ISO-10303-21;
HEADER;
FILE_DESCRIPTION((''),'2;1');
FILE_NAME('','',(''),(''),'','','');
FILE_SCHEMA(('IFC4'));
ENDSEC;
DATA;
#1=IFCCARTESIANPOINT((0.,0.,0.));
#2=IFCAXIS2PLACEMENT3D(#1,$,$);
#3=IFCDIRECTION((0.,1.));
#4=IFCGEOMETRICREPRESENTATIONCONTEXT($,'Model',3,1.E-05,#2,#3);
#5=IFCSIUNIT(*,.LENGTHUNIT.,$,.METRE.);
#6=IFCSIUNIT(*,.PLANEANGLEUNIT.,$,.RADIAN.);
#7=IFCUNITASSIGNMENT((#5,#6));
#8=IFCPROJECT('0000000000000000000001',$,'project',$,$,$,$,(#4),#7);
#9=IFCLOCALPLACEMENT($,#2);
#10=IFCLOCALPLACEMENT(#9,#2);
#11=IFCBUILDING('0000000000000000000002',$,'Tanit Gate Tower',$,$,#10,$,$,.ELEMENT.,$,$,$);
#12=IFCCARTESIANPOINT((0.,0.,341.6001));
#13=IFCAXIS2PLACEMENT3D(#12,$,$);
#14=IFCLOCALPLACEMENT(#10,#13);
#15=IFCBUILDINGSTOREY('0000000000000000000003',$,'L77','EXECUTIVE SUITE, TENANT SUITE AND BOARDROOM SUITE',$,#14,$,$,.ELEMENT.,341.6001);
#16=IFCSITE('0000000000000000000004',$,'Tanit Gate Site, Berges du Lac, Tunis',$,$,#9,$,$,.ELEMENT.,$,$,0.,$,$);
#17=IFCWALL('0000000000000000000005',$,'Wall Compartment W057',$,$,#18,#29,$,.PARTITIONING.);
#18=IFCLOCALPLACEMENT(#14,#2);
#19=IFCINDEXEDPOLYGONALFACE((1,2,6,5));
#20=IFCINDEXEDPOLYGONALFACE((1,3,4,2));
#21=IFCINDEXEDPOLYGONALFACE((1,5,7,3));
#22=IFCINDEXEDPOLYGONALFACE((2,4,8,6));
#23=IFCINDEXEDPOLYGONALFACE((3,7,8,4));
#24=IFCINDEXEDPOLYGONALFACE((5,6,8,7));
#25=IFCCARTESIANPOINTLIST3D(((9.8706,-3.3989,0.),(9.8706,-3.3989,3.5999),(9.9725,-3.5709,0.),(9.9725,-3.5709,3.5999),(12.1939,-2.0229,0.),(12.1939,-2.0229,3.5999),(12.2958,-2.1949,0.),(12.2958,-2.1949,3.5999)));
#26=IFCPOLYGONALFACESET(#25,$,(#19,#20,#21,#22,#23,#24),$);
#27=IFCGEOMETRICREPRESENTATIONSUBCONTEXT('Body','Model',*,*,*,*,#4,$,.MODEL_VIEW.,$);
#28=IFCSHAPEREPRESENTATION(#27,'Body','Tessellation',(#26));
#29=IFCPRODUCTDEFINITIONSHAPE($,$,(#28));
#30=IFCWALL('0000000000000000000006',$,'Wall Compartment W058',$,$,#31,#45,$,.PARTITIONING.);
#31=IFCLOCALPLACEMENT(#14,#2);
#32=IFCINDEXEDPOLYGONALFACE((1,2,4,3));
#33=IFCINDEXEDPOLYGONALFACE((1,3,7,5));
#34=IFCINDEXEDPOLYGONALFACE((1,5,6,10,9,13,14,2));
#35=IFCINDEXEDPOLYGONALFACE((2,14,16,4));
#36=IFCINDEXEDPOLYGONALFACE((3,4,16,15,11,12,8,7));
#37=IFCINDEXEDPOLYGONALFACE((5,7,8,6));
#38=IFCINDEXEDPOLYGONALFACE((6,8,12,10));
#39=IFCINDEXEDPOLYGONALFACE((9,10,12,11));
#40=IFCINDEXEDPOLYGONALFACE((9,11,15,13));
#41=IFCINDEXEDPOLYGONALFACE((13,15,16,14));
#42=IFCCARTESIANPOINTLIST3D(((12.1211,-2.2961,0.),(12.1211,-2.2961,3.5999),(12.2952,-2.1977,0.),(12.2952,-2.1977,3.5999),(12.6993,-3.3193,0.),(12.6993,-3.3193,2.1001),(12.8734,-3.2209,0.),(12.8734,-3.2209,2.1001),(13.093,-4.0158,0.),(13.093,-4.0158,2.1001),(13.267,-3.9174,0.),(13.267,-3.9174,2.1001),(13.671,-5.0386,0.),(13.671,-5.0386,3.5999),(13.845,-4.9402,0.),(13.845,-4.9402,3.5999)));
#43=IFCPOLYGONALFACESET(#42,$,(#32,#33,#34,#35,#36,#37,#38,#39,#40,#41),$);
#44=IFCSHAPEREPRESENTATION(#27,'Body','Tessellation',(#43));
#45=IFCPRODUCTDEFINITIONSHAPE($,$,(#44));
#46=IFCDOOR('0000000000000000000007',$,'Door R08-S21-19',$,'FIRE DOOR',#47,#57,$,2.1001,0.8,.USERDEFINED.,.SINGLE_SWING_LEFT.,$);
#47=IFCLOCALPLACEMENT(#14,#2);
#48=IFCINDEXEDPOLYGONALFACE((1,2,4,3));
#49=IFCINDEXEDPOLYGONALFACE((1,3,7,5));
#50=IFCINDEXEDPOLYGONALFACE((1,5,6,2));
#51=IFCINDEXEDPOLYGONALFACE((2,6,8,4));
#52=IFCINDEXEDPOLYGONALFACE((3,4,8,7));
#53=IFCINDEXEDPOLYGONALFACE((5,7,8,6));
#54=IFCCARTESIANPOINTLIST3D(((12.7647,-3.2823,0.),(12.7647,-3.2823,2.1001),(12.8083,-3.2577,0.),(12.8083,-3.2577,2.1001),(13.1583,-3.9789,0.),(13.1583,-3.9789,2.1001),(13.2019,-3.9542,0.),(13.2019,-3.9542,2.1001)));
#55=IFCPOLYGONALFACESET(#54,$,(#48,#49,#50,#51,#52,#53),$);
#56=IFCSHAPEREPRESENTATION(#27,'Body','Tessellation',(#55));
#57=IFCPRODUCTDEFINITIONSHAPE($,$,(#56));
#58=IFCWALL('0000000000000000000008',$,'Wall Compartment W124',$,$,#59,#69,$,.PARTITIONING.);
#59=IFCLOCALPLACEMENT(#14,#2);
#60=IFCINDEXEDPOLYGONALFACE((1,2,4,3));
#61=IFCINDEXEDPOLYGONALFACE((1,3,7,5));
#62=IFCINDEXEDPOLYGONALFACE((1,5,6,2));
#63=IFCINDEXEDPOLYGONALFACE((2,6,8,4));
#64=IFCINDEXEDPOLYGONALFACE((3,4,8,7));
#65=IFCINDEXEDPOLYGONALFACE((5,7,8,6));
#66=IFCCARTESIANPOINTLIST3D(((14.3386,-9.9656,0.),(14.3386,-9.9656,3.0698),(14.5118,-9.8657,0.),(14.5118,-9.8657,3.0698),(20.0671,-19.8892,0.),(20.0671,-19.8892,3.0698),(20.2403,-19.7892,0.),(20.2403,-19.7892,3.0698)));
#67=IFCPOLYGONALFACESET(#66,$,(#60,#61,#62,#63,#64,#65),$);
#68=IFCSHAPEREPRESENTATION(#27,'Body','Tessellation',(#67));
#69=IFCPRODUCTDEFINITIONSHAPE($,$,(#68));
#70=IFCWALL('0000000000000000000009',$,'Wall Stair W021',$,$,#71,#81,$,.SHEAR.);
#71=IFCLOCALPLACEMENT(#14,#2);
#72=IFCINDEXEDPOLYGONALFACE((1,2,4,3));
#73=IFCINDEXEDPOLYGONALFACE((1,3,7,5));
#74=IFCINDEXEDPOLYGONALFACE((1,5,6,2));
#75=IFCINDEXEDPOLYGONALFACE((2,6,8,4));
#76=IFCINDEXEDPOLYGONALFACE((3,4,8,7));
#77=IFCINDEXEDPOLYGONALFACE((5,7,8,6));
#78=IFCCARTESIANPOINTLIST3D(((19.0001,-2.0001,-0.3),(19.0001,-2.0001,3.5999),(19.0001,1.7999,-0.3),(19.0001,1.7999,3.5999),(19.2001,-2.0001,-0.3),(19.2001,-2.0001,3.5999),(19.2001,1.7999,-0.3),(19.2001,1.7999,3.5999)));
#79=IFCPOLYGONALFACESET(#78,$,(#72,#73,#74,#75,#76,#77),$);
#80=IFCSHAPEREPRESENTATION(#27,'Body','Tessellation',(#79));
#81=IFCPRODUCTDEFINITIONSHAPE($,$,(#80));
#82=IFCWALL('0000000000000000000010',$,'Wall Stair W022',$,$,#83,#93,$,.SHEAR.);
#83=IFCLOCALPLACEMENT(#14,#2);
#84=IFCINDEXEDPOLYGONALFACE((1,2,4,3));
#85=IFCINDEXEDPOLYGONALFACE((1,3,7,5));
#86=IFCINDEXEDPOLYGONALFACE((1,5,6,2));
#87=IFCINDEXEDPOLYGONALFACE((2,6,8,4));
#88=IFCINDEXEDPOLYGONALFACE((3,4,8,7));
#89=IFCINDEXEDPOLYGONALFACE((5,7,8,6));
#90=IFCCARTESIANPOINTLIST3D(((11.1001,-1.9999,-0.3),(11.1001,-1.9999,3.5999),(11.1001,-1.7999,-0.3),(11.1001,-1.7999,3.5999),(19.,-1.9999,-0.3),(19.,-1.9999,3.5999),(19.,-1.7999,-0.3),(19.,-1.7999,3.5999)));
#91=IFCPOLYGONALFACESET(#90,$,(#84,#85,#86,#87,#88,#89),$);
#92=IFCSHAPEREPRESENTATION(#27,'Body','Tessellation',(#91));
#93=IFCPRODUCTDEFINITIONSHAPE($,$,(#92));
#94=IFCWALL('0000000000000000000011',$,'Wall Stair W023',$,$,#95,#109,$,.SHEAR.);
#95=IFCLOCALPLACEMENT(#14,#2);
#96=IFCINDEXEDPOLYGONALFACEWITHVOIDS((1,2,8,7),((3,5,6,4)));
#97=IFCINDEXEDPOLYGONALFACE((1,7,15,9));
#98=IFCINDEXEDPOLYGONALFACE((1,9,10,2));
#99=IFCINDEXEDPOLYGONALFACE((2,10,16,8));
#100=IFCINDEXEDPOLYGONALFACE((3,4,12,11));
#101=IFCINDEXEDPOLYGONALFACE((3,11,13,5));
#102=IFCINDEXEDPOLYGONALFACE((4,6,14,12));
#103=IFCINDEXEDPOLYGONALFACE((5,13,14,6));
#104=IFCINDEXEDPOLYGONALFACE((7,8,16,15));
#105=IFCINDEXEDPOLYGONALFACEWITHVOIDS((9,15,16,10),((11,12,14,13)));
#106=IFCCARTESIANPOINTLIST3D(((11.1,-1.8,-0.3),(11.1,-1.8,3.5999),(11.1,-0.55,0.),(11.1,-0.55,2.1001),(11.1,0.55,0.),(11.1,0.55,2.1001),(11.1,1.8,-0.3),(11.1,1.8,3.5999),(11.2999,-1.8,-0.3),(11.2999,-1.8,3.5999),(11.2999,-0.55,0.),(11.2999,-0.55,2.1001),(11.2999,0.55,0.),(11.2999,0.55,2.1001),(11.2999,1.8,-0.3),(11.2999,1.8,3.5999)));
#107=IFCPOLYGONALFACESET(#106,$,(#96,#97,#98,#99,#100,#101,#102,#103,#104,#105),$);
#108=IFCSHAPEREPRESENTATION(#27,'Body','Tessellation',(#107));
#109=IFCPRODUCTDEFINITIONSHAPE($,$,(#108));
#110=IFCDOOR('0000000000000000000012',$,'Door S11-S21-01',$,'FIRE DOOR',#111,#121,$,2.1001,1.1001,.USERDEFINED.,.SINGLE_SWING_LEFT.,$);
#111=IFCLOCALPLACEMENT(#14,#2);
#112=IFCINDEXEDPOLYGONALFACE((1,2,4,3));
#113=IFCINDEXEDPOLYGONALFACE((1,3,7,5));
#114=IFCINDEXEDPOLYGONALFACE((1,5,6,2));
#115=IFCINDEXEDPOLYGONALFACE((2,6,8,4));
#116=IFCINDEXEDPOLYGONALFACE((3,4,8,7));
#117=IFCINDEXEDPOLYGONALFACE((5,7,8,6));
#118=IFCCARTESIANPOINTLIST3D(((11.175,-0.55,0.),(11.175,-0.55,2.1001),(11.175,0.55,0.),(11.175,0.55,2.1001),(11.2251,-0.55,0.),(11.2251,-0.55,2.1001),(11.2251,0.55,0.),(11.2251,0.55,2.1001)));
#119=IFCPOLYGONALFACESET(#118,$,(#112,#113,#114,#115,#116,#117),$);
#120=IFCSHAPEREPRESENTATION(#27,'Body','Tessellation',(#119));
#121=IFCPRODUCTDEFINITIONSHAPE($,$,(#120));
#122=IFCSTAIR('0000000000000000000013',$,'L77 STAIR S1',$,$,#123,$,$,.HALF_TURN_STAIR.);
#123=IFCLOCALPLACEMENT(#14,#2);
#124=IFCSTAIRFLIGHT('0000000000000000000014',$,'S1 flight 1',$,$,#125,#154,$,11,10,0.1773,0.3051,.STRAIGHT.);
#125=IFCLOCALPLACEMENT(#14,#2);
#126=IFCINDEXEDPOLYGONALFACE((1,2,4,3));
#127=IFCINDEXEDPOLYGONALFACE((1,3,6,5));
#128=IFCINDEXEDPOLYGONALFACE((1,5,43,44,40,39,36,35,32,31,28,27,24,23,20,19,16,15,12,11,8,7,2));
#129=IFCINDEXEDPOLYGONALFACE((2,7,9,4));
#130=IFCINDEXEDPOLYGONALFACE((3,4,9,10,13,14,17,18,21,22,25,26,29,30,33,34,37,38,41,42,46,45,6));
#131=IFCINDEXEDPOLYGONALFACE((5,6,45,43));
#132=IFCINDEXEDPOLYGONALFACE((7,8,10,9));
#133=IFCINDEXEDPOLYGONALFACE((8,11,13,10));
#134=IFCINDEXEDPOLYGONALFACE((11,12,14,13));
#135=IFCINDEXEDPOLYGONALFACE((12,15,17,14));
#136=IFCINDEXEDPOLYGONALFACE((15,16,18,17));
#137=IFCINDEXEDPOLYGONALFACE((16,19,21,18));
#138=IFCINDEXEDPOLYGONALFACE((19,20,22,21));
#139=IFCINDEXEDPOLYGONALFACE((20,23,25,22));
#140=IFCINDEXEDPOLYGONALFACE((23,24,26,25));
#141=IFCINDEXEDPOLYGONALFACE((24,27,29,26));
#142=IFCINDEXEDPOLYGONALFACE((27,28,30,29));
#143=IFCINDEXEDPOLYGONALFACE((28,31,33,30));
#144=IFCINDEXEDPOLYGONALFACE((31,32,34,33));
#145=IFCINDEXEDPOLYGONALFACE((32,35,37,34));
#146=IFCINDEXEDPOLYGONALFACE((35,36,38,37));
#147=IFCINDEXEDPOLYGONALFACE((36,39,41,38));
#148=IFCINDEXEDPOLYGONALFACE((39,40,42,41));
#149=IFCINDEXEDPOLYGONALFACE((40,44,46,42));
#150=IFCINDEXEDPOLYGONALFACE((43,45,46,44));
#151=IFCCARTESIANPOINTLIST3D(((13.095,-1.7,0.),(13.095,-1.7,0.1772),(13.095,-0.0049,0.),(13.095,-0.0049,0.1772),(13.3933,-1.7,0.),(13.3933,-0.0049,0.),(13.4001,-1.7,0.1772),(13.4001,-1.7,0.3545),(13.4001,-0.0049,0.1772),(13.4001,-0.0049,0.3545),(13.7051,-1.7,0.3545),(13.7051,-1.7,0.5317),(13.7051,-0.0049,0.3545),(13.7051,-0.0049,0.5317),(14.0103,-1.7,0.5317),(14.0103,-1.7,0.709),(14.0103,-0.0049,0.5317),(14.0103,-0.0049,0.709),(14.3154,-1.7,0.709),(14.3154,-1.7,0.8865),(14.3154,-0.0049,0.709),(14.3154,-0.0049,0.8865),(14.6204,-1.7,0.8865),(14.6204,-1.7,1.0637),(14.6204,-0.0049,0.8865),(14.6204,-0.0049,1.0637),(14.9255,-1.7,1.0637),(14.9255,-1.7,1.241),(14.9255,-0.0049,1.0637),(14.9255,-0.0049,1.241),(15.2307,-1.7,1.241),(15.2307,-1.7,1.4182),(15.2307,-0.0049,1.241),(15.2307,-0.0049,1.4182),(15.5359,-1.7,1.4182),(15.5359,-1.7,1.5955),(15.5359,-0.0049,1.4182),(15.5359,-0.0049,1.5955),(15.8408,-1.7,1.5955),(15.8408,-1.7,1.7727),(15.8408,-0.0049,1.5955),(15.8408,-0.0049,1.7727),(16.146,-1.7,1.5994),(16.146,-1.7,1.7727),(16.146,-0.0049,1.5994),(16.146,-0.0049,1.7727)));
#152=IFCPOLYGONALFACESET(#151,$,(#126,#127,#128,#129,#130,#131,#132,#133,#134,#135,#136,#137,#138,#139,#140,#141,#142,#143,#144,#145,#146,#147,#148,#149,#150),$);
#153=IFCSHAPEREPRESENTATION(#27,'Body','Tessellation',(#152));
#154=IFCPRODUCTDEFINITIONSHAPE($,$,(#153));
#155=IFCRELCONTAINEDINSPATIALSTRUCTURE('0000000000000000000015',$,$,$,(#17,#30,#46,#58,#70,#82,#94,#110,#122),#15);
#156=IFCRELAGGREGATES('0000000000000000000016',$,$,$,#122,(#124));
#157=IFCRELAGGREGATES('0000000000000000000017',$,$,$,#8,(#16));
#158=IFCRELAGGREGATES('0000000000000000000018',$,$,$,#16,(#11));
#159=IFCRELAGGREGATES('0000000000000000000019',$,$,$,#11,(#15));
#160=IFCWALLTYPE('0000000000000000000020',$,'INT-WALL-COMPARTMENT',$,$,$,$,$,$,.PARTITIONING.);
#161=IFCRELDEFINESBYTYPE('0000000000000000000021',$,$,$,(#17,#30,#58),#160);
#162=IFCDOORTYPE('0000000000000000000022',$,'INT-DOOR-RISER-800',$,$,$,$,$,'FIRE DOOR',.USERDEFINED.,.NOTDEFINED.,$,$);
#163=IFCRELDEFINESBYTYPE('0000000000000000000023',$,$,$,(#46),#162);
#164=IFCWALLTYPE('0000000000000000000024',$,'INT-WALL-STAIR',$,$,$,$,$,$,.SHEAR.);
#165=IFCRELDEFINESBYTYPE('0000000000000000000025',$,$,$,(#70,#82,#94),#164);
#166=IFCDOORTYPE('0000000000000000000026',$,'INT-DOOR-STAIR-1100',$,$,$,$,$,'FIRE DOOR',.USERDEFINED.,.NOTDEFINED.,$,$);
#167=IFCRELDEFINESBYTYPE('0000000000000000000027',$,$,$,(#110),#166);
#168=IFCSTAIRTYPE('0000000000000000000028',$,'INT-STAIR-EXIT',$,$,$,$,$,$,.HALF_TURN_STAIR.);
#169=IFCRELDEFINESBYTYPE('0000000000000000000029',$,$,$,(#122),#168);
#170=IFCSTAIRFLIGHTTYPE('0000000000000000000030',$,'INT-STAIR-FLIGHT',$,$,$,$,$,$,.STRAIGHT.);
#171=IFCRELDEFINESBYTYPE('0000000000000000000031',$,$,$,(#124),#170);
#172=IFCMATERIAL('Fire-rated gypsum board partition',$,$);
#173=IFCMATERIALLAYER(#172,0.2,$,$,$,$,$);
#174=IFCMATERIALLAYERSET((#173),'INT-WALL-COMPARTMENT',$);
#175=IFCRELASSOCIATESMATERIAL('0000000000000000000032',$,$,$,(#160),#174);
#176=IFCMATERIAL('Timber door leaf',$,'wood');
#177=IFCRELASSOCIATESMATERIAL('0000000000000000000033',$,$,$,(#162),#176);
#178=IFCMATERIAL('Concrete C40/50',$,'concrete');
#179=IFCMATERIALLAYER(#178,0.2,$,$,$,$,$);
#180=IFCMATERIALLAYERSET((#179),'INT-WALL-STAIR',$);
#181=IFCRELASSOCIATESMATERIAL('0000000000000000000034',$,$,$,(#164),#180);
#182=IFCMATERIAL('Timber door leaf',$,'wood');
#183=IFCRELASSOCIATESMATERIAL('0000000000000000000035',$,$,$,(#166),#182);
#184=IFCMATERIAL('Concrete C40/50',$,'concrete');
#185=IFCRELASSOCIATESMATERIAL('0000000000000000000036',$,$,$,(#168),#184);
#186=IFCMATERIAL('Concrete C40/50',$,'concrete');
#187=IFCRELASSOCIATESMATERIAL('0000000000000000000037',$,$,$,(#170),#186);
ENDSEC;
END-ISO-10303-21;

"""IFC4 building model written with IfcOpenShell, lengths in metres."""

from ifc_helpers import new_model, si_unit, direction, frame, frame_2d, origin, place, context, subcontext, project, spatial, polyline, rectangle, outline, extrude, material, layer, layer_set, type_object, element, fill, aggregate, save


model = new_model("IFC4")

# Units and contexts
model_context = context("Model", 3, precision=1e-05, world=origin(), true_north=direction((0.0, 1.0)))
body_context = subcontext(model_context, "Body", "Model", "MODEL_VIEW")
ifc_project = project(units=[si_unit("LENGTHUNIT", "METRE"), si_unit("PLANEANGLEUNIT", "RADIAN")], contexts=[model_context])

# Site, building, storey
site_placement = place(None, origin())
site = spatial("IfcSite", under=ifc_project, at=site_placement, Name="Tanit Gate Site, Berges du Lac, Tunis", CompositionType="ELEMENT", RefElevation=0.0)
building_placement = place(site_placement, origin())
building = spatial("IfcBuilding", under=site, at=building_placement, Name="Tanit Gate Tower", CompositionType="ELEMENT")
storey_placement = place(building_placement, frame((0.0, 0.0, 341.6001)))
storey = spatial("IfcBuildingStorey", under=building, at=storey_placement, Name="L77", Description="EXECUTIVE SUITE, TENANT SUITE AND BOARDROOM SUITE", CompositionType="ELEMENT", Elevation=341.6001)

# Wall
ifc_material_1 = material(Name="Fire-rated gypsum board partition")
ifc_layer_1 = layer(ifc_material_1, 0.2)
ifc_layer_set_1 = layer_set([ifc_layer_1], Name="INT-WALL-COMPARTMENT")
wall_type_1 = type_object("IfcWallType", Name="INT-WALL-COMPARTMENT", PredefinedType="PARTITIONING", material=ifc_layer_set_1)
wall_1_placement = place(storey_placement, frame((12.2449, -2.1089, 0.0), z_axis=(0.0, 0.0, 1.0), x_axis=(-0.860415, -0.509594, 0.0)))
element("IfcWall", 1, at=wall_1_placement, inside=storey, type_object=wall_type_1, Name="Wall Compartment W057", PredefinedType="PARTITIONING", context=body_context, shape_type="SweptSolid", body=[
    extrude(rectangle(XDim=2.7002, YDim=0.2, at=frame_2d((1.3501, 0.0))), origin(), (0.0, 0.0, 1.0), 3.5999),
])

# Wall, opening, door
wall_2_placement = place(storey_placement, frame((13.7581, -4.9895, 0.0), z_axis=(0.0, 0.0, 1.0), x_axis=(-0.491993, 0.870599, 0.0)))
wall_2 = element("IfcWall", 2, at=wall_2_placement, inside=storey, type_object=wall_type_1, Name="Wall Compartment W058", PredefinedType="PARTITIONING", context=body_context, shape_type="SweptSolid", body=[
    extrude(rectangle(XDim=3.1501, YDim=0.2, at=frame_2d((1.5752, 0.0))), origin(), (0.0, 0.0, 1.0), 3.5999),
])
opening_1_placement = place(wall_2_placement, frame((1.175, 0.0, 0.0)))
opening_1 = element("IfcOpeningElement", 3, at=opening_1_placement, cuts=wall_2, PredefinedType="OPENING", context=body_context, shape_type="SweptSolid", body=[
    extrude(rectangle(XDim=0.8, YDim=2.1001, at=frame_2d((0.3999, 1.05))), frame((0.0, 0.1099, 0.0), z_axis=(0.0, -1.0, 0.0), x_axis=(1.0, 0.0, 0.0)), (0.0, 0.0, 1.0), 0.22),
])
ifc_material_2 = material(Name="Timber door leaf", Category="wood")
door_type_1 = type_object("IfcDoorType", Name="INT-DOOR-RISER-800", ElementType="FIRE DOOR", OperationType="NOTDEFINED", PredefinedType="USERDEFINED", material=ifc_material_2)
door_1_placement = place(opening_1_placement, origin())
door_1 = element("IfcDoor", 4, at=door_1_placement, inside=storey, type_object=door_type_1, Name="Door R08-S21-19", ObjectType="FIRE DOOR", OperationType="SINGLE_SWING_LEFT", OverallHeight=2.1001, OverallWidth=0.8, PredefinedType="USERDEFINED", context=body_context, shape_type="SweptSolid", body=[
    extrude(rectangle(XDim=0.8, YDim=2.1001, at=frame_2d((0.3999, 1.05))), frame((0.0, 0.0249, 0.0), z_axis=(0.0, -1.0, 0.0), x_axis=(1.0, 0.0, 0.0)), (0.0, 0.0, 1.0), 0.05),
])
fill(opening_1, door_1)

# Walls
wall_3_placement = place(storey_placement, frame((14.4253, -9.9158, 0.0), z_axis=(0.0, 0.0, 1.0), x_axis=(0.499943, -0.866058, 0.0)))
element("IfcWall", 5, at=wall_3_placement, inside=storey, type_object=wall_type_1, Name="Wall Compartment W124", PredefinedType="PARTITIONING", context=body_context, shape_type="SweptSolid", body=[
    extrude(rectangle(XDim=11.4583, YDim=0.2, at=frame_2d((5.729, 0.0))), origin(), (0.0, 0.0, 1.0), 3.0698),
])
ifc_material_3 = material(Name="Concrete C40/50", Category="concrete")
ifc_layer_2 = layer(ifc_material_3, 0.2)
ifc_layer_set_2 = layer_set([ifc_layer_2], Name="INT-WALL-STAIR")
wall_type_2 = type_object("IfcWallType", Name="INT-WALL-STAIR", PredefinedType="SHEAR", material=ifc_layer_set_2)
wall_4_placement = place(storey_placement, frame((19.1001, -2.0, -0.3), z_axis=(0.0, 0.0, 1.0), x_axis=(0.0, 1.0, 0.0)))
element("IfcWall", 6, at=wall_4_placement, inside=storey, type_object=wall_type_2, Name="Wall Stair W021", PredefinedType="SHEAR", context=body_context, shape_type="SweptSolid", body=[
    extrude(rectangle(XDim=3.8, YDim=0.2, at=frame_2d((1.8999, 0.0))), origin(), (0.0, 0.0, 1.0), 3.8999),
])
wall_5_placement = place(storey_placement, frame((11.1001, -1.8999, -0.3), z_axis=(0.0, 0.0, 1.0), x_axis=(1.0, 0.0, 0.0)))
element("IfcWall", 7, at=wall_5_placement, inside=storey, type_object=wall_type_2, Name="Wall Stair W022", PredefinedType="SHEAR", context=body_context, shape_type="SweptSolid", body=[
    extrude(rectangle(XDim=7.8999, YDim=0.2, at=frame_2d((3.95, 0.0))), origin(), (0.0, 0.0, 1.0), 3.8999),
])

# Wall, opening, door
wall_6_placement = place(storey_placement, frame((11.2, -1.8, -0.3), z_axis=(0.0, 0.0, 1.0), x_axis=(0.0, 1.0, 0.0)))
wall_6 = element("IfcWall", 8, at=wall_6_placement, inside=storey, type_object=wall_type_2, Name="Wall Stair W023", PredefinedType="SHEAR", context=body_context, shape_type="SweptSolid", body=[
    extrude(rectangle(XDim=3.6001, YDim=0.2, at=frame_2d((1.8, 0.0))), origin(), (0.0, 0.0, 1.0), 3.8999),
])
opening_2_placement = place(wall_6_placement, frame((1.25, 0.0, 0.3)))
opening_2 = element("IfcOpeningElement", 9, at=opening_2_placement, cuts=wall_6, PredefinedType="OPENING", context=body_context, shape_type="SweptSolid", body=[
    extrude(rectangle(XDim=1.1001, YDim=2.1001, at=frame_2d((0.55, 1.05))), frame((0.0, 0.1099, 0.0), z_axis=(0.0, -1.0, 0.0), x_axis=(1.0, 0.0, 0.0)), (0.0, 0.0, 1.0), 0.22),
])
ifc_material_4 = material(Name="Timber door leaf", Category="wood")
door_type_2 = type_object("IfcDoorType", Name="INT-DOOR-STAIR-1100", ElementType="FIRE DOOR", OperationType="NOTDEFINED", PredefinedType="USERDEFINED", material=ifc_material_4)
door_2_placement = place(opening_2_placement, origin())
door_2 = element("IfcDoor", 10, at=door_2_placement, inside=storey, type_object=door_type_2, Name="Door S11-S21-01", ObjectType="FIRE DOOR", OperationType="SINGLE_SWING_LEFT", OverallHeight=2.1001, OverallWidth=1.1001, PredefinedType="USERDEFINED", context=body_context, shape_type="SweptSolid", body=[
    extrude(rectangle(XDim=1.1001, YDim=2.1001, at=frame_2d((0.55, 1.05))), frame((0.0, 0.0249, 0.0), z_axis=(0.0, -1.0, 0.0), x_axis=(1.0, 0.0, 0.0)), (0.0, 0.0, 1.0), 0.05),
])
fill(opening_2, door_2)

# Stair, stair flight
ifc_material_5 = material(Name="Concrete C40/50", Category="concrete")
stair_type = type_object("IfcStairType", Name="INT-STAIR-EXIT", PredefinedType="HALF_TURN_STAIR", material=ifc_material_5)
stair_placement = place(storey_placement, origin())
stair = element("IfcStair", 11, at=stair_placement, inside=storey, type_object=stair_type, Name="L77 STAIR S1", PredefinedType="HALF_TURN_STAIR")
ifc_material_6 = material(Name="Concrete C40/50", Category="concrete")
stair_flight_type = type_object("IfcStairFlightType", Name="INT-STAIR-FLIGHT", PredefinedType="STRAIGHT", material=ifc_material_6)
stair_flight_placement = place(storey_placement, frame((13.095, -0.8525, 0.0), z_axis=(0.0, 0.0, 1.0), x_axis=(1.0, 0.0, 0.0)))
stair_flight = element("IfcStairFlight", 12, at=stair_flight_placement, type_object=stair_flight_type, Name="S1 flight 1", NumberOfRisers=11, NumberOfTreads=10, PredefinedType="STRAIGHT", RiserHeight=0.1773, TreadLength=0.3051, context=body_context, shape_type="SweptSolid", body=[
    extrude(outline(polyline([(0.0, 0.0), (0.0, 0.1772), (0.3052, 0.1772), (0.3052, 0.3545), (0.6101, 0.3545), (0.6101, 0.5317), (0.9153, 0.5317), (0.9153, 0.709), (1.2205, 0.709), (1.2205, 0.8865), (1.5254, 0.8865), (1.5254, 1.0637), (1.8306, 1.0637), (1.8306, 1.241), (2.1357, 1.241), (2.1357, 1.4182), (2.4409, 1.4182), (2.4409, 1.5955), (2.7458, 1.5955), (2.7458, 1.7727), (3.051, 1.7727), (3.051, 1.95), (3.051, 1.5994), (0.2983, 0.0), (0.0, 0.0)])), frame((0.0, 0.8477, 0.0), z_axis=(0.0, -1.0, 0.0), x_axis=(1.0, 0.0, 0.0)), (0.0, 0.0, 1.0), 1.6951),
])
aggregate(stair, [stair_flight])

save(model, "model.ifc")
